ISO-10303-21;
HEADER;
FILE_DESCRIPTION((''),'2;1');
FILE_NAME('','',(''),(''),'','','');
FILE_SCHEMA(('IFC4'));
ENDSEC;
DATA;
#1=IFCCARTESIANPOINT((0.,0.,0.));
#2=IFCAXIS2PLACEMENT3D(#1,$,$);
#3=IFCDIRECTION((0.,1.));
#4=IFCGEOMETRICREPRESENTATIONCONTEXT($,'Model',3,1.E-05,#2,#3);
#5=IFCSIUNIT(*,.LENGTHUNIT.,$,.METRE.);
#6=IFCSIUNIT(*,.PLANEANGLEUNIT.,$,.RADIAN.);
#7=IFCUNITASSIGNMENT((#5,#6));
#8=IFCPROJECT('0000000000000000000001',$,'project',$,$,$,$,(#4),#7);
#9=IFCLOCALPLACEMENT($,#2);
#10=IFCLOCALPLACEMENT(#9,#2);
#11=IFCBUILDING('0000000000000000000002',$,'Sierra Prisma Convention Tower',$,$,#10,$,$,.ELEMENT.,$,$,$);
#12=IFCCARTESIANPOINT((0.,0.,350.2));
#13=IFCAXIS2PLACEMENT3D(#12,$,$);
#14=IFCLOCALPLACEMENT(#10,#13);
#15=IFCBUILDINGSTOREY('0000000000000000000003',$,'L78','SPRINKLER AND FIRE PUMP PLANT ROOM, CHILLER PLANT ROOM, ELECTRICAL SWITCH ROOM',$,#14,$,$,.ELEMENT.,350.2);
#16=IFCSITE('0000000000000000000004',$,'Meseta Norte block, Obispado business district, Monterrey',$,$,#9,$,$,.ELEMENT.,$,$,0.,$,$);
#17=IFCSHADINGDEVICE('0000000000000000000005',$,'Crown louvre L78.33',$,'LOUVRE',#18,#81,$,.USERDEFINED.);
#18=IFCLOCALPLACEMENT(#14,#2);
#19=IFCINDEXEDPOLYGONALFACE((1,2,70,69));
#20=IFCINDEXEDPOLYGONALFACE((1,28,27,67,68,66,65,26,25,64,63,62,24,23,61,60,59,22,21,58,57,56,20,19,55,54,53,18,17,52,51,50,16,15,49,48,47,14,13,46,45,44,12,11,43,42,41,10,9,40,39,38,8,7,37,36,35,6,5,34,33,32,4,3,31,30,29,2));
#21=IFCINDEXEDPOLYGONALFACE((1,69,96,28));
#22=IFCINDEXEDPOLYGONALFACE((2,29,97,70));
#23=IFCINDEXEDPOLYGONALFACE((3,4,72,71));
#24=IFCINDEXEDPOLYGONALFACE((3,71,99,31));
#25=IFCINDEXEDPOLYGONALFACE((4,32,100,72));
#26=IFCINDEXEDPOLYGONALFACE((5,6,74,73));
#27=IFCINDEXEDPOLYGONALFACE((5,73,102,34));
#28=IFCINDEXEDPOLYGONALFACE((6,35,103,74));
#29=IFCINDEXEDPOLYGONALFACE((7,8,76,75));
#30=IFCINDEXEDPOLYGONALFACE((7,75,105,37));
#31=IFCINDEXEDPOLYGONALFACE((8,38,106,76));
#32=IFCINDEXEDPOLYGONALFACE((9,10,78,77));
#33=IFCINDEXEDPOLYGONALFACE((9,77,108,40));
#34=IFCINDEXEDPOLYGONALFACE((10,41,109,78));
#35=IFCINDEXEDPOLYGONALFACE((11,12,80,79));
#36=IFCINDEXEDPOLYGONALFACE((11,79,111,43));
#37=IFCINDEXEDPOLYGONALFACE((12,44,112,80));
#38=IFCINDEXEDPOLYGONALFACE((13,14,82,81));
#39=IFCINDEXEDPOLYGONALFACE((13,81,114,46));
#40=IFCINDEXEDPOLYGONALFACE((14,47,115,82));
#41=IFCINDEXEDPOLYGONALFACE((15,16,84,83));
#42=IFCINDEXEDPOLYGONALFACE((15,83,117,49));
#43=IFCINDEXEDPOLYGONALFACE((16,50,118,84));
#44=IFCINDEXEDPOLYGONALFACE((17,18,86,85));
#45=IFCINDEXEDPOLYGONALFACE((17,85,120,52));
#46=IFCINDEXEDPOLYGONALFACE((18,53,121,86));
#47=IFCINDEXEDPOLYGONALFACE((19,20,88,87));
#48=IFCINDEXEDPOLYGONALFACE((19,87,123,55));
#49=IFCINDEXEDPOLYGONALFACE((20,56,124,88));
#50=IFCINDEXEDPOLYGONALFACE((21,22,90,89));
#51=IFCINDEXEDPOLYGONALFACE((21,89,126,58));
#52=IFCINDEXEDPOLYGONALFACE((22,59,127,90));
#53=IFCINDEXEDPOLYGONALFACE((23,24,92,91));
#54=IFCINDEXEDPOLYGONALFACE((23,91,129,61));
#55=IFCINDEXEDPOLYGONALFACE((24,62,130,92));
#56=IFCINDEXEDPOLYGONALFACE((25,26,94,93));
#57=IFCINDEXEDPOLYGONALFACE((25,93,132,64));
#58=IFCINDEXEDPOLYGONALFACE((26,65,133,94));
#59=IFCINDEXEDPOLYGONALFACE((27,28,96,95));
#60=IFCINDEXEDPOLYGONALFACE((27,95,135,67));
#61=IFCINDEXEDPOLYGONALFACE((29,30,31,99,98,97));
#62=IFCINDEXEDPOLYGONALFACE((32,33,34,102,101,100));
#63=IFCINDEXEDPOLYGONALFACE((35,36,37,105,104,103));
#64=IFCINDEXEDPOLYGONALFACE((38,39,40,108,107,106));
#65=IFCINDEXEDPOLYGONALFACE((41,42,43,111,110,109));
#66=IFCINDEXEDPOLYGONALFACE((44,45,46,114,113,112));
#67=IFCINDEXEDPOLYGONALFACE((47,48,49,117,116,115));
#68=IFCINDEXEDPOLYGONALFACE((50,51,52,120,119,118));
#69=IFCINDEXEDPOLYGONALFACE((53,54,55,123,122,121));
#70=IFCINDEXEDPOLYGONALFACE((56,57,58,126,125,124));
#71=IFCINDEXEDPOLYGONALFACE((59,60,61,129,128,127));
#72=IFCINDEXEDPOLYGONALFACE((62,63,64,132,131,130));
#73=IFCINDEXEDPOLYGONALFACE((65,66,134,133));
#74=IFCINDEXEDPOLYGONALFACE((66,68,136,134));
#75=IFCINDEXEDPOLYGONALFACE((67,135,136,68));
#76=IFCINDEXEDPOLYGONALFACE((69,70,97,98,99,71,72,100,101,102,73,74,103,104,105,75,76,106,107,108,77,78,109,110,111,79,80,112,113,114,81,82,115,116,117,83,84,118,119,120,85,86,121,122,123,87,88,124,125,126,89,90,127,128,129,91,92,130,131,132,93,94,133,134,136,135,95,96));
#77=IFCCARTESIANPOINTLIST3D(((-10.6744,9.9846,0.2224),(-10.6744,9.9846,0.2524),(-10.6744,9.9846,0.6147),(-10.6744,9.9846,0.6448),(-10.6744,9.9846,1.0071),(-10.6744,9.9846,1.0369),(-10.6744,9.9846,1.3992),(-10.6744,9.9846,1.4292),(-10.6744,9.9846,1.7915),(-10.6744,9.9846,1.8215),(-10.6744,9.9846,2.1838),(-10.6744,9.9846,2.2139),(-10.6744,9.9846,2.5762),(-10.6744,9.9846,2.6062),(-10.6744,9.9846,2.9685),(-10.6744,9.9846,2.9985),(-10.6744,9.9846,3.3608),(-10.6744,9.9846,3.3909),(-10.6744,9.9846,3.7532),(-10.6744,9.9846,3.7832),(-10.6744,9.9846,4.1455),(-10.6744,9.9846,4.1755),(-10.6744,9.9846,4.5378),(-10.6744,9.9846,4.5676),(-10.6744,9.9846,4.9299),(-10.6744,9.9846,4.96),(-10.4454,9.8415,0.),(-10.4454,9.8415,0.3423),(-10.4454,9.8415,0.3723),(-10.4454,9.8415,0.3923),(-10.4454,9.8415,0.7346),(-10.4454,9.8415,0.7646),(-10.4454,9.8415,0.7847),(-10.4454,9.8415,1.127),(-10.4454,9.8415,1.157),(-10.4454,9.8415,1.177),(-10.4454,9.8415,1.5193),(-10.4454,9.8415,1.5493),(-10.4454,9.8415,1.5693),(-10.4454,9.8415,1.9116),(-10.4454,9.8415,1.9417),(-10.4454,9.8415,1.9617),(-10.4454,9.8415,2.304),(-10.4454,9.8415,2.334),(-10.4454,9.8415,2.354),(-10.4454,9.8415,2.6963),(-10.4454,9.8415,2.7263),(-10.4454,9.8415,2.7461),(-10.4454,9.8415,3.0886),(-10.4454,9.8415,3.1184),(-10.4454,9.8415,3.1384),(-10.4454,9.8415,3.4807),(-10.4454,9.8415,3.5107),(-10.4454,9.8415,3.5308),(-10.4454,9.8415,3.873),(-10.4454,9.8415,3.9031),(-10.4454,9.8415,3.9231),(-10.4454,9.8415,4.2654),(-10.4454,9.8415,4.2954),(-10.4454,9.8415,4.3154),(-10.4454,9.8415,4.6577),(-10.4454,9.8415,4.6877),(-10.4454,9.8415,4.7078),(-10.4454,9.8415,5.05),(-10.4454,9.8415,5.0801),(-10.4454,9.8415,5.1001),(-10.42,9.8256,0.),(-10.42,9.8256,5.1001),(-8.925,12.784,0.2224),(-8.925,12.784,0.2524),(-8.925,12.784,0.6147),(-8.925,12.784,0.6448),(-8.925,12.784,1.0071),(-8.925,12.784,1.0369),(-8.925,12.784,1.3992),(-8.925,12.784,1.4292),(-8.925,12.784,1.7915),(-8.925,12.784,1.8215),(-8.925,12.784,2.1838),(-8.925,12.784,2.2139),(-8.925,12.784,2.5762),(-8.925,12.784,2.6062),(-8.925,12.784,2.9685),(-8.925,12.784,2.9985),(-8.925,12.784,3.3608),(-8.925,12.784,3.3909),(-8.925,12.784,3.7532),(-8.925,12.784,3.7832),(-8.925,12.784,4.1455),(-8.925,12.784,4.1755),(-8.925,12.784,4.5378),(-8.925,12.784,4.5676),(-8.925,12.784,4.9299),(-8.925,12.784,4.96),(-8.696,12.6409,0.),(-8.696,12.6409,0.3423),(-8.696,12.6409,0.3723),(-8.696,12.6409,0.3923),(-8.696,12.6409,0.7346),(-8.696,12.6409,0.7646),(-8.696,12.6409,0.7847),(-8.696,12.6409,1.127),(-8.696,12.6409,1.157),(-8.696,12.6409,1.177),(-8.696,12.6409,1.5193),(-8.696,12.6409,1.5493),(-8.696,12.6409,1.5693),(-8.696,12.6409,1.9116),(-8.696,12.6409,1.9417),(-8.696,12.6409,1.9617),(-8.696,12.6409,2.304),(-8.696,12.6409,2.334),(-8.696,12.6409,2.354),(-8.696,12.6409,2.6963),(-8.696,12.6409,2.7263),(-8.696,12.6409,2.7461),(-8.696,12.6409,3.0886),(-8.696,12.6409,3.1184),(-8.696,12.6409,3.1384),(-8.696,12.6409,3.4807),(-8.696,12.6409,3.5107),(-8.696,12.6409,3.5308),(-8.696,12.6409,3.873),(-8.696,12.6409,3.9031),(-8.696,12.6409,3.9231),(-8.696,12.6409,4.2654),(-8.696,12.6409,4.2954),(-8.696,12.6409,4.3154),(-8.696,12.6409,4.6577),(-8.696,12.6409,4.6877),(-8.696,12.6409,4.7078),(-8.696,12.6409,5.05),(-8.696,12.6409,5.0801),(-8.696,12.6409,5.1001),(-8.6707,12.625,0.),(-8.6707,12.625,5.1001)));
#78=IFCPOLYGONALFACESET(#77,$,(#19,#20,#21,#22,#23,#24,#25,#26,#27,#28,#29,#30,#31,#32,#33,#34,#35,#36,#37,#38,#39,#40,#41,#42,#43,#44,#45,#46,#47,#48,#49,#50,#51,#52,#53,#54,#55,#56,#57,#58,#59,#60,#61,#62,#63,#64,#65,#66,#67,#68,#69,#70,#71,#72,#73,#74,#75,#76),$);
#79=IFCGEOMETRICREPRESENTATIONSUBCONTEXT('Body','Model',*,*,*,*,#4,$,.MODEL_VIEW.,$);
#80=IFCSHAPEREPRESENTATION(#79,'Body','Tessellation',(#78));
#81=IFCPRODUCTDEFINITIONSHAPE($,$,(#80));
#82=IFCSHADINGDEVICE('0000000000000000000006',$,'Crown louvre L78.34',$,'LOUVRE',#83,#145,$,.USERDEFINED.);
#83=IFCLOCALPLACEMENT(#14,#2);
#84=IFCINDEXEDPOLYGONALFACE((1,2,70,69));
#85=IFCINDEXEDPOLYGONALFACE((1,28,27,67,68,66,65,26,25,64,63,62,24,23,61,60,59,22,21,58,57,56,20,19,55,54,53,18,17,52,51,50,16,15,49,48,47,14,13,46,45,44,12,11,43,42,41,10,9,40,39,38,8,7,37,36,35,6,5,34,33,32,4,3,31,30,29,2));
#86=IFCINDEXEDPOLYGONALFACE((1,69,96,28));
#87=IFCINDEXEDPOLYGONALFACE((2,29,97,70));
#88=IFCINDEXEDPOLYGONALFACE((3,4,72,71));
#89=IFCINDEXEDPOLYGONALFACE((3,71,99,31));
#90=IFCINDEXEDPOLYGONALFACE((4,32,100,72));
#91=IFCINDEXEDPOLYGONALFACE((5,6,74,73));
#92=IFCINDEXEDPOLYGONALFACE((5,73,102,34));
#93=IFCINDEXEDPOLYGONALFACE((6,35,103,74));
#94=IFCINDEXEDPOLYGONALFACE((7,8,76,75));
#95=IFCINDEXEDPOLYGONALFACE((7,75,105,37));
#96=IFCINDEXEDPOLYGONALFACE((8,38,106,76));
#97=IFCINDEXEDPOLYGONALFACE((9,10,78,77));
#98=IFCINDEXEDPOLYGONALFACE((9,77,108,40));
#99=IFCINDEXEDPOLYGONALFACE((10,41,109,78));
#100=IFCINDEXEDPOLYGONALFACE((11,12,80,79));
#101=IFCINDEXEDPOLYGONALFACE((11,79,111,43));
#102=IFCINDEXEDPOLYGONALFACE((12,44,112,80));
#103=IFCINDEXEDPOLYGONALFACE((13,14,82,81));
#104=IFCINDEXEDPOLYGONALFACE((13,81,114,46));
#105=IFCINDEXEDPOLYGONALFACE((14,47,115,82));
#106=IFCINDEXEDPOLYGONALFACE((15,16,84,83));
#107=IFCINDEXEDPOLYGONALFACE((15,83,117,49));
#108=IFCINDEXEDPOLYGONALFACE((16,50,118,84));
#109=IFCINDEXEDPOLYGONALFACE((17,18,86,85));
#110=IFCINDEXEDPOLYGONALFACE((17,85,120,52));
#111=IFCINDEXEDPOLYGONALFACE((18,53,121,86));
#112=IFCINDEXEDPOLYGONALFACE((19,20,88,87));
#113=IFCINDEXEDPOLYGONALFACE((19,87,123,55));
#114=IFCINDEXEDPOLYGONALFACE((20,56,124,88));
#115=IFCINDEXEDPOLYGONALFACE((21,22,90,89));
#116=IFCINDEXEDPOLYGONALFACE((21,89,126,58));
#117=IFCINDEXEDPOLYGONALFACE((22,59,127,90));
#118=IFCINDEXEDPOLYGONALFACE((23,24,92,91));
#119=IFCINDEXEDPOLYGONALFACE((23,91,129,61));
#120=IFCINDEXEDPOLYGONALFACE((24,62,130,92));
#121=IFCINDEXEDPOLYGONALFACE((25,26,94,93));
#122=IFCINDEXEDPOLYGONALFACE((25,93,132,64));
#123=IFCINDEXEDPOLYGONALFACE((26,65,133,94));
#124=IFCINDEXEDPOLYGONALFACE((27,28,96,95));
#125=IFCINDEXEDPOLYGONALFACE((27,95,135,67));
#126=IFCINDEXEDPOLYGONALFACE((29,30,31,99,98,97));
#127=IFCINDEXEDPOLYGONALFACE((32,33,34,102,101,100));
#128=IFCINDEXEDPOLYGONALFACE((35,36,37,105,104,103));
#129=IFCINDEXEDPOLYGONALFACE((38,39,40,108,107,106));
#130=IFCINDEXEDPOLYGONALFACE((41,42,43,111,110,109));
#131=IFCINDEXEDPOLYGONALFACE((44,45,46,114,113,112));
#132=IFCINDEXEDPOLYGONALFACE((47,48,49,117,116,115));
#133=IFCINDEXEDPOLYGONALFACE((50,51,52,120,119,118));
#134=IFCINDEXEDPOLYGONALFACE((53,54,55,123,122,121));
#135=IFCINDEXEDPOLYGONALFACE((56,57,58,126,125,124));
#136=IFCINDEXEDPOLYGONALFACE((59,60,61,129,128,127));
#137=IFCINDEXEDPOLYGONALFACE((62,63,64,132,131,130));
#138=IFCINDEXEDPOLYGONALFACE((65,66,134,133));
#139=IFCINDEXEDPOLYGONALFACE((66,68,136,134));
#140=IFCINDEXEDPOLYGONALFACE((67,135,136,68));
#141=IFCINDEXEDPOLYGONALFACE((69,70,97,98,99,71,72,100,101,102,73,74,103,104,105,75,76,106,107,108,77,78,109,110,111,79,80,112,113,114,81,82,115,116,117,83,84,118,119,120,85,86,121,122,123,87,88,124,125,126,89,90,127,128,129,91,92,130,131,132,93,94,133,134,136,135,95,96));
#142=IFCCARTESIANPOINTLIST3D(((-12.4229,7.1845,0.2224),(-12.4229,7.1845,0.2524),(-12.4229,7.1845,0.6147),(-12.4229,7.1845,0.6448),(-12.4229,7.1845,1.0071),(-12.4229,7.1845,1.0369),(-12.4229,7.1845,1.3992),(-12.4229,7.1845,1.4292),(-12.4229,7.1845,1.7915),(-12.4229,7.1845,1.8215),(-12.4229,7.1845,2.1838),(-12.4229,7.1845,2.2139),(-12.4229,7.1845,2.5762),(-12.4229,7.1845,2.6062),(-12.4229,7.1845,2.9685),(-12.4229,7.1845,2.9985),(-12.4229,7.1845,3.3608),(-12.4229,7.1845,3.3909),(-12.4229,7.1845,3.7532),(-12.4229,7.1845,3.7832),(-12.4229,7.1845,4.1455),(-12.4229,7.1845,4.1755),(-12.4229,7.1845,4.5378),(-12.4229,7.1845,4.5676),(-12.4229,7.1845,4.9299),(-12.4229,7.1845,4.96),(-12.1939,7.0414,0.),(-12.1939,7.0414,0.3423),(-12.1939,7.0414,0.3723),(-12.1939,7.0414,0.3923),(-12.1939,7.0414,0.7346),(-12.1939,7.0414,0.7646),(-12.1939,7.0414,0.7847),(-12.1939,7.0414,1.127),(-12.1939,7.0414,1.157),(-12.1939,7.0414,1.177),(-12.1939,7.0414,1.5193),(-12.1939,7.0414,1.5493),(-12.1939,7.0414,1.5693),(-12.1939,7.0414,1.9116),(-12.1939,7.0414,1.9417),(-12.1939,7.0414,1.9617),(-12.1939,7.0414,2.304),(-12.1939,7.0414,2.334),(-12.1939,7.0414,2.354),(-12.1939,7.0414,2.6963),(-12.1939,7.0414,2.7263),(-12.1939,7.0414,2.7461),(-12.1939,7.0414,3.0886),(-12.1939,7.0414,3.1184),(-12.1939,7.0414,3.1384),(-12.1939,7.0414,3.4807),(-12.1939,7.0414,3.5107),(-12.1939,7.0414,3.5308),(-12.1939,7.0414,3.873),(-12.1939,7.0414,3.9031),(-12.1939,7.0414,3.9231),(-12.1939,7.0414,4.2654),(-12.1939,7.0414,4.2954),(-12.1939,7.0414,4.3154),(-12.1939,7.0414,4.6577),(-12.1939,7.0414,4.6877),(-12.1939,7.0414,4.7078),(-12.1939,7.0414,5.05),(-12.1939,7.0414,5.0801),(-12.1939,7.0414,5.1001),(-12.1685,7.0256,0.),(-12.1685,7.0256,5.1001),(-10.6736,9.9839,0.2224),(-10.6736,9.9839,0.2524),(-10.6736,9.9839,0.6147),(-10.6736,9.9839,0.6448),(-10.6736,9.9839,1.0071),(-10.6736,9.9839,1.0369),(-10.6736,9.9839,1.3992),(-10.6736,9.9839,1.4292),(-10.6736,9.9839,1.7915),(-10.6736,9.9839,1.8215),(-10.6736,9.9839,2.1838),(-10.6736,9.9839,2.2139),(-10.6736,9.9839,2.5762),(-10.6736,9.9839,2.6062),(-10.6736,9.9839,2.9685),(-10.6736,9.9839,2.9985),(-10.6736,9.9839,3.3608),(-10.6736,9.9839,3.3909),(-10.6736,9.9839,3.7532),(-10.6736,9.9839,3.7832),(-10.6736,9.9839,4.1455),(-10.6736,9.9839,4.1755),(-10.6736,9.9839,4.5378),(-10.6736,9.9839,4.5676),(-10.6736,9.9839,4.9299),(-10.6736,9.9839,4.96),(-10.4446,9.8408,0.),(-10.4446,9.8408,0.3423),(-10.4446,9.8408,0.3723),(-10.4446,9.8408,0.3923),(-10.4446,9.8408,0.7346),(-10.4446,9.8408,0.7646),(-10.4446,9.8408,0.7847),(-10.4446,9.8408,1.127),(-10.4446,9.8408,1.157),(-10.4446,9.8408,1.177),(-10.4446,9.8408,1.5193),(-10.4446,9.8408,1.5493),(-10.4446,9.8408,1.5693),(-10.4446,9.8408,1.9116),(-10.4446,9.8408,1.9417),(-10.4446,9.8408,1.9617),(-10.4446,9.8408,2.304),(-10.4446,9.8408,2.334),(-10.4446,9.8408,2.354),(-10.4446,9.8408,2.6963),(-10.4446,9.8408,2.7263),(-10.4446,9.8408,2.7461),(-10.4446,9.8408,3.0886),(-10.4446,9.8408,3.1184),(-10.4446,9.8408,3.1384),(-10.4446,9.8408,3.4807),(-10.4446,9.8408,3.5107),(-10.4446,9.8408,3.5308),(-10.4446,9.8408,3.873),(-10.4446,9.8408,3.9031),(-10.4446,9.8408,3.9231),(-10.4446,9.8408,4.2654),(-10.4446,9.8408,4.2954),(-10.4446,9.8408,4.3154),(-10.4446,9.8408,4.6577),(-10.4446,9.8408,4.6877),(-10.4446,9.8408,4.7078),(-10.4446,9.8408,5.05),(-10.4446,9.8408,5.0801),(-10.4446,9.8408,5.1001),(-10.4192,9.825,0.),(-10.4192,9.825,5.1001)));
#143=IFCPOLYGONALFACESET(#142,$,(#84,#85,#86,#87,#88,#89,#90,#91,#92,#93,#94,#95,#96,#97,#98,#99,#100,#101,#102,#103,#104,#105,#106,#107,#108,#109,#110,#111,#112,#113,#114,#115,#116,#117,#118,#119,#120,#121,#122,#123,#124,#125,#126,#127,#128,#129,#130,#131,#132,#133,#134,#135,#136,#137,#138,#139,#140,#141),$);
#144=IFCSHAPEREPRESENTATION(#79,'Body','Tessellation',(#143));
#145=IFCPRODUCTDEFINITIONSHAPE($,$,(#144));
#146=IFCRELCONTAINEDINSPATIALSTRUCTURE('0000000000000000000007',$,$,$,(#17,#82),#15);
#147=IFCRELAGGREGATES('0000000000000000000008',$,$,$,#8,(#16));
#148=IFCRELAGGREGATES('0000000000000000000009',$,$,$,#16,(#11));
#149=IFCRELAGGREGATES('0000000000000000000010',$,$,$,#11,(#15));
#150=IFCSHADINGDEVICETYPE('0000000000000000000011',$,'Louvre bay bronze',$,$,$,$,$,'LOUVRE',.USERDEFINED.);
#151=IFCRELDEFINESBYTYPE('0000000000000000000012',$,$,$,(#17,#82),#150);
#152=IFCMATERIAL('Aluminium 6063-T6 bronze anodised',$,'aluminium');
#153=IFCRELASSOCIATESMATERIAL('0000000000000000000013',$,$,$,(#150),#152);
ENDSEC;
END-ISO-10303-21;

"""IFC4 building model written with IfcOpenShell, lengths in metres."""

from ifc_helpers import new_model, si_unit, direction, frame, origin, place, context, subcontext, project, spatial, polyline, outline, extrude, material, type_object, element, save


model = new_model("IFC4")

# Units and contexts
model_context = context("Model", 3, precision=1e-05, world=origin(), true_north=direction((0.0, 1.0)))
body_context = subcontext(model_context, "Body", "Model", "MODEL_VIEW")
ifc_project = project(units=[si_unit("LENGTHUNIT", "METRE"), si_unit("PLANEANGLEUNIT", "RADIAN")], contexts=[model_context])

# Site, building, storey
site_placement = place(None, origin())
site = spatial("IfcSite", under=ifc_project, at=site_placement, Name="Meseta Norte block, Obispado business district, Monterrey", CompositionType="ELEMENT", RefElevation=0.0)
building_placement = place(site_placement, origin())
building = spatial("IfcBuilding", under=site, at=building_placement, Name="Sierra Prisma Convention Tower", CompositionType="ELEMENT")
storey_placement = place(building_placement, frame((0.0, 0.0, 350.2)))
storey = spatial("IfcBuildingStorey", under=building, at=storey_placement, Name="L78", Description="SPRINKLER AND FIRE PUMP PLANT ROOM, CHILLER PLANT ROOM, ELECTRICAL SWITCH ROOM", CompositionType="ELEMENT", Elevation=350.2)

# Shading devices
ifc_material_1 = material(Name="Aluminium 6063-T6 bronze anodised", Category="aluminium")
shading_device_type = type_object("IfcShadingDeviceType", Name="Louvre bay bronze", ElementType="LOUVRE", PredefinedType="USERDEFINED", material=ifc_material_1)
shading_device_1_placement = place(storey_placement, frame((-8.6707, 12.625, 0.0), z_axis=(0.529933, 0.84804, 0.0), x_axis=(0.0, 0.0, 1.0)))
element("IfcShadingDevice", 1, at=shading_device_1_placement, inside=storey, type_object=shading_device_type, Name="Crown louvre L78.33", ObjectType="LOUVRE", PredefinedType="USERDEFINED", context=body_context, shape_type="SweptSolid", body=[
    extrude(outline(polyline([(0.0, 0.0), (5.1001, 0.0), (5.1001, -0.0299), (5.0801, -0.0299), (4.96, -0.3), (4.9299, -0.3), (5.05, -0.0299), (4.7078, -0.0299), (4.6877, -0.0299), (4.5676, -0.3), (4.5378, -0.3), (4.6577, -0.0299), (4.3154, -0.0299), (4.2954, -0.0299), (4.1755, -0.3), (4.1455, -0.3), (4.2654, -0.0299), (3.9231, -0.0299), (3.9031, -0.0299), (3.7832, -0.3), (3.7532, -0.3), (3.873, -0.0299), (3.5308, -0.0299), (3.5107, -0.0299), (3.3909, -0.3), (3.3608, -0.3), (3.4807, -0.0299), (3.1384, -0.0299), (3.1184, -0.0299), (2.9985, -0.3), (2.9685, -0.3), (3.0886, -0.0299), (2.7461, -0.0299), (2.7263, -0.0299), (2.6062, -0.3), (2.5762, -0.3), (2.6963, -0.0299), (2.354, -0.0299), (2.334, -0.0299), (2.2139, -0.3), (2.1838, -0.3), (2.304, -0.0299), (1.9617, -0.0299), (1.9417, -0.0299), (1.8215, -0.3), (1.7915, -0.3), (1.9116, -0.0299), (1.5693, -0.0299), (1.5493, -0.0299), (1.4292, -0.3), (1.3992, -0.3), (1.5193, -0.0299), (1.177, -0.0299), (1.157, -0.0299), (1.0369, -0.3), (1.0071, -0.3), (1.127, -0.0299), (0.7847, -0.0299), (0.7646, -0.0299), (0.6448, -0.3), (0.6147, -0.3), (0.7346, -0.0299), (0.3923, -0.0299), (0.3723, -0.0299), (0.2524, -0.3), (0.2224, -0.3), (0.3423, -0.0299), (0.0, -0.0299), (0.0, 0.0)])), origin(), (0.0, 0.0, -1.0), 3.301),
])
shading_device_2_placement = place(storey_placement, frame((-10.4192, 9.825, 0.0), z_axis=(0.529933, 0.84804, 0.0), x_axis=(0.0, 0.0, 1.0)))
element("IfcShadingDevice", 2, at=shading_device_2_placement, inside=storey, type_object=shading_device_type, Name="Crown louvre L78.34", ObjectType="LOUVRE", PredefinedType="USERDEFINED", context=body_context, shape_type="SweptSolid", body=[
    extrude(outline(polyline([(0.0, 0.0), (5.1001, 0.0), (5.1001, -0.0299), (5.0801, -0.0299), (4.96, -0.3), (4.9299, -0.3), (5.05, -0.0299), (4.7078, -0.0299), (4.6877, -0.0299), (4.5676, -0.3), (4.5378, -0.3), (4.6577, -0.0299), (4.3154, -0.0299), (4.2954, -0.0299), (4.1755, -0.3), (4.1455, -0.3), (4.2654, -0.0299), (3.9231, -0.0299), (3.9031, -0.0299), (3.7832, -0.3), (3.7532, -0.3), (3.873, -0.0299), (3.5308, -0.0299), (3.5107, -0.0299), (3.3909, -0.3), (3.3608, -0.3), (3.4807, -0.0299), (3.1384, -0.0299), (3.1184, -0.0299), (2.9985, -0.3), (2.9685, -0.3), (3.0886, -0.0299), (2.7461, -0.0299), (2.7263, -0.0299), (2.6062, -0.3), (2.5762, -0.3), (2.6963, -0.0299), (2.354, -0.0299), (2.334, -0.0299), (2.2139, -0.3), (2.1838, -0.3), (2.304, -0.0299), (1.9617, -0.0299), (1.9417, -0.0299), (1.8215, -0.3), (1.7915, -0.3), (1.9116, -0.0299), (1.5693, -0.0299), (1.5493, -0.0299), (1.4292, -0.3), (1.3992, -0.3), (1.5193, -0.0299), (1.177, -0.0299), (1.157, -0.0299), (1.0369, -0.3), (1.0071, -0.3), (1.127, -0.0299), (0.7847, -0.0299), (0.7646, -0.0299), (0.6448, -0.3), (0.6147, -0.3), (0.7346, -0.0299), (0.3923, -0.0299), (0.3723, -0.0299), (0.2524, -0.3), (0.2224, -0.3), (0.3423, -0.0299), (0.0, -0.0299), (0.0, 0.0)])), origin(), (0.0, 0.0, -1.0), 3.301),
])

save(model, "model.ifc")
